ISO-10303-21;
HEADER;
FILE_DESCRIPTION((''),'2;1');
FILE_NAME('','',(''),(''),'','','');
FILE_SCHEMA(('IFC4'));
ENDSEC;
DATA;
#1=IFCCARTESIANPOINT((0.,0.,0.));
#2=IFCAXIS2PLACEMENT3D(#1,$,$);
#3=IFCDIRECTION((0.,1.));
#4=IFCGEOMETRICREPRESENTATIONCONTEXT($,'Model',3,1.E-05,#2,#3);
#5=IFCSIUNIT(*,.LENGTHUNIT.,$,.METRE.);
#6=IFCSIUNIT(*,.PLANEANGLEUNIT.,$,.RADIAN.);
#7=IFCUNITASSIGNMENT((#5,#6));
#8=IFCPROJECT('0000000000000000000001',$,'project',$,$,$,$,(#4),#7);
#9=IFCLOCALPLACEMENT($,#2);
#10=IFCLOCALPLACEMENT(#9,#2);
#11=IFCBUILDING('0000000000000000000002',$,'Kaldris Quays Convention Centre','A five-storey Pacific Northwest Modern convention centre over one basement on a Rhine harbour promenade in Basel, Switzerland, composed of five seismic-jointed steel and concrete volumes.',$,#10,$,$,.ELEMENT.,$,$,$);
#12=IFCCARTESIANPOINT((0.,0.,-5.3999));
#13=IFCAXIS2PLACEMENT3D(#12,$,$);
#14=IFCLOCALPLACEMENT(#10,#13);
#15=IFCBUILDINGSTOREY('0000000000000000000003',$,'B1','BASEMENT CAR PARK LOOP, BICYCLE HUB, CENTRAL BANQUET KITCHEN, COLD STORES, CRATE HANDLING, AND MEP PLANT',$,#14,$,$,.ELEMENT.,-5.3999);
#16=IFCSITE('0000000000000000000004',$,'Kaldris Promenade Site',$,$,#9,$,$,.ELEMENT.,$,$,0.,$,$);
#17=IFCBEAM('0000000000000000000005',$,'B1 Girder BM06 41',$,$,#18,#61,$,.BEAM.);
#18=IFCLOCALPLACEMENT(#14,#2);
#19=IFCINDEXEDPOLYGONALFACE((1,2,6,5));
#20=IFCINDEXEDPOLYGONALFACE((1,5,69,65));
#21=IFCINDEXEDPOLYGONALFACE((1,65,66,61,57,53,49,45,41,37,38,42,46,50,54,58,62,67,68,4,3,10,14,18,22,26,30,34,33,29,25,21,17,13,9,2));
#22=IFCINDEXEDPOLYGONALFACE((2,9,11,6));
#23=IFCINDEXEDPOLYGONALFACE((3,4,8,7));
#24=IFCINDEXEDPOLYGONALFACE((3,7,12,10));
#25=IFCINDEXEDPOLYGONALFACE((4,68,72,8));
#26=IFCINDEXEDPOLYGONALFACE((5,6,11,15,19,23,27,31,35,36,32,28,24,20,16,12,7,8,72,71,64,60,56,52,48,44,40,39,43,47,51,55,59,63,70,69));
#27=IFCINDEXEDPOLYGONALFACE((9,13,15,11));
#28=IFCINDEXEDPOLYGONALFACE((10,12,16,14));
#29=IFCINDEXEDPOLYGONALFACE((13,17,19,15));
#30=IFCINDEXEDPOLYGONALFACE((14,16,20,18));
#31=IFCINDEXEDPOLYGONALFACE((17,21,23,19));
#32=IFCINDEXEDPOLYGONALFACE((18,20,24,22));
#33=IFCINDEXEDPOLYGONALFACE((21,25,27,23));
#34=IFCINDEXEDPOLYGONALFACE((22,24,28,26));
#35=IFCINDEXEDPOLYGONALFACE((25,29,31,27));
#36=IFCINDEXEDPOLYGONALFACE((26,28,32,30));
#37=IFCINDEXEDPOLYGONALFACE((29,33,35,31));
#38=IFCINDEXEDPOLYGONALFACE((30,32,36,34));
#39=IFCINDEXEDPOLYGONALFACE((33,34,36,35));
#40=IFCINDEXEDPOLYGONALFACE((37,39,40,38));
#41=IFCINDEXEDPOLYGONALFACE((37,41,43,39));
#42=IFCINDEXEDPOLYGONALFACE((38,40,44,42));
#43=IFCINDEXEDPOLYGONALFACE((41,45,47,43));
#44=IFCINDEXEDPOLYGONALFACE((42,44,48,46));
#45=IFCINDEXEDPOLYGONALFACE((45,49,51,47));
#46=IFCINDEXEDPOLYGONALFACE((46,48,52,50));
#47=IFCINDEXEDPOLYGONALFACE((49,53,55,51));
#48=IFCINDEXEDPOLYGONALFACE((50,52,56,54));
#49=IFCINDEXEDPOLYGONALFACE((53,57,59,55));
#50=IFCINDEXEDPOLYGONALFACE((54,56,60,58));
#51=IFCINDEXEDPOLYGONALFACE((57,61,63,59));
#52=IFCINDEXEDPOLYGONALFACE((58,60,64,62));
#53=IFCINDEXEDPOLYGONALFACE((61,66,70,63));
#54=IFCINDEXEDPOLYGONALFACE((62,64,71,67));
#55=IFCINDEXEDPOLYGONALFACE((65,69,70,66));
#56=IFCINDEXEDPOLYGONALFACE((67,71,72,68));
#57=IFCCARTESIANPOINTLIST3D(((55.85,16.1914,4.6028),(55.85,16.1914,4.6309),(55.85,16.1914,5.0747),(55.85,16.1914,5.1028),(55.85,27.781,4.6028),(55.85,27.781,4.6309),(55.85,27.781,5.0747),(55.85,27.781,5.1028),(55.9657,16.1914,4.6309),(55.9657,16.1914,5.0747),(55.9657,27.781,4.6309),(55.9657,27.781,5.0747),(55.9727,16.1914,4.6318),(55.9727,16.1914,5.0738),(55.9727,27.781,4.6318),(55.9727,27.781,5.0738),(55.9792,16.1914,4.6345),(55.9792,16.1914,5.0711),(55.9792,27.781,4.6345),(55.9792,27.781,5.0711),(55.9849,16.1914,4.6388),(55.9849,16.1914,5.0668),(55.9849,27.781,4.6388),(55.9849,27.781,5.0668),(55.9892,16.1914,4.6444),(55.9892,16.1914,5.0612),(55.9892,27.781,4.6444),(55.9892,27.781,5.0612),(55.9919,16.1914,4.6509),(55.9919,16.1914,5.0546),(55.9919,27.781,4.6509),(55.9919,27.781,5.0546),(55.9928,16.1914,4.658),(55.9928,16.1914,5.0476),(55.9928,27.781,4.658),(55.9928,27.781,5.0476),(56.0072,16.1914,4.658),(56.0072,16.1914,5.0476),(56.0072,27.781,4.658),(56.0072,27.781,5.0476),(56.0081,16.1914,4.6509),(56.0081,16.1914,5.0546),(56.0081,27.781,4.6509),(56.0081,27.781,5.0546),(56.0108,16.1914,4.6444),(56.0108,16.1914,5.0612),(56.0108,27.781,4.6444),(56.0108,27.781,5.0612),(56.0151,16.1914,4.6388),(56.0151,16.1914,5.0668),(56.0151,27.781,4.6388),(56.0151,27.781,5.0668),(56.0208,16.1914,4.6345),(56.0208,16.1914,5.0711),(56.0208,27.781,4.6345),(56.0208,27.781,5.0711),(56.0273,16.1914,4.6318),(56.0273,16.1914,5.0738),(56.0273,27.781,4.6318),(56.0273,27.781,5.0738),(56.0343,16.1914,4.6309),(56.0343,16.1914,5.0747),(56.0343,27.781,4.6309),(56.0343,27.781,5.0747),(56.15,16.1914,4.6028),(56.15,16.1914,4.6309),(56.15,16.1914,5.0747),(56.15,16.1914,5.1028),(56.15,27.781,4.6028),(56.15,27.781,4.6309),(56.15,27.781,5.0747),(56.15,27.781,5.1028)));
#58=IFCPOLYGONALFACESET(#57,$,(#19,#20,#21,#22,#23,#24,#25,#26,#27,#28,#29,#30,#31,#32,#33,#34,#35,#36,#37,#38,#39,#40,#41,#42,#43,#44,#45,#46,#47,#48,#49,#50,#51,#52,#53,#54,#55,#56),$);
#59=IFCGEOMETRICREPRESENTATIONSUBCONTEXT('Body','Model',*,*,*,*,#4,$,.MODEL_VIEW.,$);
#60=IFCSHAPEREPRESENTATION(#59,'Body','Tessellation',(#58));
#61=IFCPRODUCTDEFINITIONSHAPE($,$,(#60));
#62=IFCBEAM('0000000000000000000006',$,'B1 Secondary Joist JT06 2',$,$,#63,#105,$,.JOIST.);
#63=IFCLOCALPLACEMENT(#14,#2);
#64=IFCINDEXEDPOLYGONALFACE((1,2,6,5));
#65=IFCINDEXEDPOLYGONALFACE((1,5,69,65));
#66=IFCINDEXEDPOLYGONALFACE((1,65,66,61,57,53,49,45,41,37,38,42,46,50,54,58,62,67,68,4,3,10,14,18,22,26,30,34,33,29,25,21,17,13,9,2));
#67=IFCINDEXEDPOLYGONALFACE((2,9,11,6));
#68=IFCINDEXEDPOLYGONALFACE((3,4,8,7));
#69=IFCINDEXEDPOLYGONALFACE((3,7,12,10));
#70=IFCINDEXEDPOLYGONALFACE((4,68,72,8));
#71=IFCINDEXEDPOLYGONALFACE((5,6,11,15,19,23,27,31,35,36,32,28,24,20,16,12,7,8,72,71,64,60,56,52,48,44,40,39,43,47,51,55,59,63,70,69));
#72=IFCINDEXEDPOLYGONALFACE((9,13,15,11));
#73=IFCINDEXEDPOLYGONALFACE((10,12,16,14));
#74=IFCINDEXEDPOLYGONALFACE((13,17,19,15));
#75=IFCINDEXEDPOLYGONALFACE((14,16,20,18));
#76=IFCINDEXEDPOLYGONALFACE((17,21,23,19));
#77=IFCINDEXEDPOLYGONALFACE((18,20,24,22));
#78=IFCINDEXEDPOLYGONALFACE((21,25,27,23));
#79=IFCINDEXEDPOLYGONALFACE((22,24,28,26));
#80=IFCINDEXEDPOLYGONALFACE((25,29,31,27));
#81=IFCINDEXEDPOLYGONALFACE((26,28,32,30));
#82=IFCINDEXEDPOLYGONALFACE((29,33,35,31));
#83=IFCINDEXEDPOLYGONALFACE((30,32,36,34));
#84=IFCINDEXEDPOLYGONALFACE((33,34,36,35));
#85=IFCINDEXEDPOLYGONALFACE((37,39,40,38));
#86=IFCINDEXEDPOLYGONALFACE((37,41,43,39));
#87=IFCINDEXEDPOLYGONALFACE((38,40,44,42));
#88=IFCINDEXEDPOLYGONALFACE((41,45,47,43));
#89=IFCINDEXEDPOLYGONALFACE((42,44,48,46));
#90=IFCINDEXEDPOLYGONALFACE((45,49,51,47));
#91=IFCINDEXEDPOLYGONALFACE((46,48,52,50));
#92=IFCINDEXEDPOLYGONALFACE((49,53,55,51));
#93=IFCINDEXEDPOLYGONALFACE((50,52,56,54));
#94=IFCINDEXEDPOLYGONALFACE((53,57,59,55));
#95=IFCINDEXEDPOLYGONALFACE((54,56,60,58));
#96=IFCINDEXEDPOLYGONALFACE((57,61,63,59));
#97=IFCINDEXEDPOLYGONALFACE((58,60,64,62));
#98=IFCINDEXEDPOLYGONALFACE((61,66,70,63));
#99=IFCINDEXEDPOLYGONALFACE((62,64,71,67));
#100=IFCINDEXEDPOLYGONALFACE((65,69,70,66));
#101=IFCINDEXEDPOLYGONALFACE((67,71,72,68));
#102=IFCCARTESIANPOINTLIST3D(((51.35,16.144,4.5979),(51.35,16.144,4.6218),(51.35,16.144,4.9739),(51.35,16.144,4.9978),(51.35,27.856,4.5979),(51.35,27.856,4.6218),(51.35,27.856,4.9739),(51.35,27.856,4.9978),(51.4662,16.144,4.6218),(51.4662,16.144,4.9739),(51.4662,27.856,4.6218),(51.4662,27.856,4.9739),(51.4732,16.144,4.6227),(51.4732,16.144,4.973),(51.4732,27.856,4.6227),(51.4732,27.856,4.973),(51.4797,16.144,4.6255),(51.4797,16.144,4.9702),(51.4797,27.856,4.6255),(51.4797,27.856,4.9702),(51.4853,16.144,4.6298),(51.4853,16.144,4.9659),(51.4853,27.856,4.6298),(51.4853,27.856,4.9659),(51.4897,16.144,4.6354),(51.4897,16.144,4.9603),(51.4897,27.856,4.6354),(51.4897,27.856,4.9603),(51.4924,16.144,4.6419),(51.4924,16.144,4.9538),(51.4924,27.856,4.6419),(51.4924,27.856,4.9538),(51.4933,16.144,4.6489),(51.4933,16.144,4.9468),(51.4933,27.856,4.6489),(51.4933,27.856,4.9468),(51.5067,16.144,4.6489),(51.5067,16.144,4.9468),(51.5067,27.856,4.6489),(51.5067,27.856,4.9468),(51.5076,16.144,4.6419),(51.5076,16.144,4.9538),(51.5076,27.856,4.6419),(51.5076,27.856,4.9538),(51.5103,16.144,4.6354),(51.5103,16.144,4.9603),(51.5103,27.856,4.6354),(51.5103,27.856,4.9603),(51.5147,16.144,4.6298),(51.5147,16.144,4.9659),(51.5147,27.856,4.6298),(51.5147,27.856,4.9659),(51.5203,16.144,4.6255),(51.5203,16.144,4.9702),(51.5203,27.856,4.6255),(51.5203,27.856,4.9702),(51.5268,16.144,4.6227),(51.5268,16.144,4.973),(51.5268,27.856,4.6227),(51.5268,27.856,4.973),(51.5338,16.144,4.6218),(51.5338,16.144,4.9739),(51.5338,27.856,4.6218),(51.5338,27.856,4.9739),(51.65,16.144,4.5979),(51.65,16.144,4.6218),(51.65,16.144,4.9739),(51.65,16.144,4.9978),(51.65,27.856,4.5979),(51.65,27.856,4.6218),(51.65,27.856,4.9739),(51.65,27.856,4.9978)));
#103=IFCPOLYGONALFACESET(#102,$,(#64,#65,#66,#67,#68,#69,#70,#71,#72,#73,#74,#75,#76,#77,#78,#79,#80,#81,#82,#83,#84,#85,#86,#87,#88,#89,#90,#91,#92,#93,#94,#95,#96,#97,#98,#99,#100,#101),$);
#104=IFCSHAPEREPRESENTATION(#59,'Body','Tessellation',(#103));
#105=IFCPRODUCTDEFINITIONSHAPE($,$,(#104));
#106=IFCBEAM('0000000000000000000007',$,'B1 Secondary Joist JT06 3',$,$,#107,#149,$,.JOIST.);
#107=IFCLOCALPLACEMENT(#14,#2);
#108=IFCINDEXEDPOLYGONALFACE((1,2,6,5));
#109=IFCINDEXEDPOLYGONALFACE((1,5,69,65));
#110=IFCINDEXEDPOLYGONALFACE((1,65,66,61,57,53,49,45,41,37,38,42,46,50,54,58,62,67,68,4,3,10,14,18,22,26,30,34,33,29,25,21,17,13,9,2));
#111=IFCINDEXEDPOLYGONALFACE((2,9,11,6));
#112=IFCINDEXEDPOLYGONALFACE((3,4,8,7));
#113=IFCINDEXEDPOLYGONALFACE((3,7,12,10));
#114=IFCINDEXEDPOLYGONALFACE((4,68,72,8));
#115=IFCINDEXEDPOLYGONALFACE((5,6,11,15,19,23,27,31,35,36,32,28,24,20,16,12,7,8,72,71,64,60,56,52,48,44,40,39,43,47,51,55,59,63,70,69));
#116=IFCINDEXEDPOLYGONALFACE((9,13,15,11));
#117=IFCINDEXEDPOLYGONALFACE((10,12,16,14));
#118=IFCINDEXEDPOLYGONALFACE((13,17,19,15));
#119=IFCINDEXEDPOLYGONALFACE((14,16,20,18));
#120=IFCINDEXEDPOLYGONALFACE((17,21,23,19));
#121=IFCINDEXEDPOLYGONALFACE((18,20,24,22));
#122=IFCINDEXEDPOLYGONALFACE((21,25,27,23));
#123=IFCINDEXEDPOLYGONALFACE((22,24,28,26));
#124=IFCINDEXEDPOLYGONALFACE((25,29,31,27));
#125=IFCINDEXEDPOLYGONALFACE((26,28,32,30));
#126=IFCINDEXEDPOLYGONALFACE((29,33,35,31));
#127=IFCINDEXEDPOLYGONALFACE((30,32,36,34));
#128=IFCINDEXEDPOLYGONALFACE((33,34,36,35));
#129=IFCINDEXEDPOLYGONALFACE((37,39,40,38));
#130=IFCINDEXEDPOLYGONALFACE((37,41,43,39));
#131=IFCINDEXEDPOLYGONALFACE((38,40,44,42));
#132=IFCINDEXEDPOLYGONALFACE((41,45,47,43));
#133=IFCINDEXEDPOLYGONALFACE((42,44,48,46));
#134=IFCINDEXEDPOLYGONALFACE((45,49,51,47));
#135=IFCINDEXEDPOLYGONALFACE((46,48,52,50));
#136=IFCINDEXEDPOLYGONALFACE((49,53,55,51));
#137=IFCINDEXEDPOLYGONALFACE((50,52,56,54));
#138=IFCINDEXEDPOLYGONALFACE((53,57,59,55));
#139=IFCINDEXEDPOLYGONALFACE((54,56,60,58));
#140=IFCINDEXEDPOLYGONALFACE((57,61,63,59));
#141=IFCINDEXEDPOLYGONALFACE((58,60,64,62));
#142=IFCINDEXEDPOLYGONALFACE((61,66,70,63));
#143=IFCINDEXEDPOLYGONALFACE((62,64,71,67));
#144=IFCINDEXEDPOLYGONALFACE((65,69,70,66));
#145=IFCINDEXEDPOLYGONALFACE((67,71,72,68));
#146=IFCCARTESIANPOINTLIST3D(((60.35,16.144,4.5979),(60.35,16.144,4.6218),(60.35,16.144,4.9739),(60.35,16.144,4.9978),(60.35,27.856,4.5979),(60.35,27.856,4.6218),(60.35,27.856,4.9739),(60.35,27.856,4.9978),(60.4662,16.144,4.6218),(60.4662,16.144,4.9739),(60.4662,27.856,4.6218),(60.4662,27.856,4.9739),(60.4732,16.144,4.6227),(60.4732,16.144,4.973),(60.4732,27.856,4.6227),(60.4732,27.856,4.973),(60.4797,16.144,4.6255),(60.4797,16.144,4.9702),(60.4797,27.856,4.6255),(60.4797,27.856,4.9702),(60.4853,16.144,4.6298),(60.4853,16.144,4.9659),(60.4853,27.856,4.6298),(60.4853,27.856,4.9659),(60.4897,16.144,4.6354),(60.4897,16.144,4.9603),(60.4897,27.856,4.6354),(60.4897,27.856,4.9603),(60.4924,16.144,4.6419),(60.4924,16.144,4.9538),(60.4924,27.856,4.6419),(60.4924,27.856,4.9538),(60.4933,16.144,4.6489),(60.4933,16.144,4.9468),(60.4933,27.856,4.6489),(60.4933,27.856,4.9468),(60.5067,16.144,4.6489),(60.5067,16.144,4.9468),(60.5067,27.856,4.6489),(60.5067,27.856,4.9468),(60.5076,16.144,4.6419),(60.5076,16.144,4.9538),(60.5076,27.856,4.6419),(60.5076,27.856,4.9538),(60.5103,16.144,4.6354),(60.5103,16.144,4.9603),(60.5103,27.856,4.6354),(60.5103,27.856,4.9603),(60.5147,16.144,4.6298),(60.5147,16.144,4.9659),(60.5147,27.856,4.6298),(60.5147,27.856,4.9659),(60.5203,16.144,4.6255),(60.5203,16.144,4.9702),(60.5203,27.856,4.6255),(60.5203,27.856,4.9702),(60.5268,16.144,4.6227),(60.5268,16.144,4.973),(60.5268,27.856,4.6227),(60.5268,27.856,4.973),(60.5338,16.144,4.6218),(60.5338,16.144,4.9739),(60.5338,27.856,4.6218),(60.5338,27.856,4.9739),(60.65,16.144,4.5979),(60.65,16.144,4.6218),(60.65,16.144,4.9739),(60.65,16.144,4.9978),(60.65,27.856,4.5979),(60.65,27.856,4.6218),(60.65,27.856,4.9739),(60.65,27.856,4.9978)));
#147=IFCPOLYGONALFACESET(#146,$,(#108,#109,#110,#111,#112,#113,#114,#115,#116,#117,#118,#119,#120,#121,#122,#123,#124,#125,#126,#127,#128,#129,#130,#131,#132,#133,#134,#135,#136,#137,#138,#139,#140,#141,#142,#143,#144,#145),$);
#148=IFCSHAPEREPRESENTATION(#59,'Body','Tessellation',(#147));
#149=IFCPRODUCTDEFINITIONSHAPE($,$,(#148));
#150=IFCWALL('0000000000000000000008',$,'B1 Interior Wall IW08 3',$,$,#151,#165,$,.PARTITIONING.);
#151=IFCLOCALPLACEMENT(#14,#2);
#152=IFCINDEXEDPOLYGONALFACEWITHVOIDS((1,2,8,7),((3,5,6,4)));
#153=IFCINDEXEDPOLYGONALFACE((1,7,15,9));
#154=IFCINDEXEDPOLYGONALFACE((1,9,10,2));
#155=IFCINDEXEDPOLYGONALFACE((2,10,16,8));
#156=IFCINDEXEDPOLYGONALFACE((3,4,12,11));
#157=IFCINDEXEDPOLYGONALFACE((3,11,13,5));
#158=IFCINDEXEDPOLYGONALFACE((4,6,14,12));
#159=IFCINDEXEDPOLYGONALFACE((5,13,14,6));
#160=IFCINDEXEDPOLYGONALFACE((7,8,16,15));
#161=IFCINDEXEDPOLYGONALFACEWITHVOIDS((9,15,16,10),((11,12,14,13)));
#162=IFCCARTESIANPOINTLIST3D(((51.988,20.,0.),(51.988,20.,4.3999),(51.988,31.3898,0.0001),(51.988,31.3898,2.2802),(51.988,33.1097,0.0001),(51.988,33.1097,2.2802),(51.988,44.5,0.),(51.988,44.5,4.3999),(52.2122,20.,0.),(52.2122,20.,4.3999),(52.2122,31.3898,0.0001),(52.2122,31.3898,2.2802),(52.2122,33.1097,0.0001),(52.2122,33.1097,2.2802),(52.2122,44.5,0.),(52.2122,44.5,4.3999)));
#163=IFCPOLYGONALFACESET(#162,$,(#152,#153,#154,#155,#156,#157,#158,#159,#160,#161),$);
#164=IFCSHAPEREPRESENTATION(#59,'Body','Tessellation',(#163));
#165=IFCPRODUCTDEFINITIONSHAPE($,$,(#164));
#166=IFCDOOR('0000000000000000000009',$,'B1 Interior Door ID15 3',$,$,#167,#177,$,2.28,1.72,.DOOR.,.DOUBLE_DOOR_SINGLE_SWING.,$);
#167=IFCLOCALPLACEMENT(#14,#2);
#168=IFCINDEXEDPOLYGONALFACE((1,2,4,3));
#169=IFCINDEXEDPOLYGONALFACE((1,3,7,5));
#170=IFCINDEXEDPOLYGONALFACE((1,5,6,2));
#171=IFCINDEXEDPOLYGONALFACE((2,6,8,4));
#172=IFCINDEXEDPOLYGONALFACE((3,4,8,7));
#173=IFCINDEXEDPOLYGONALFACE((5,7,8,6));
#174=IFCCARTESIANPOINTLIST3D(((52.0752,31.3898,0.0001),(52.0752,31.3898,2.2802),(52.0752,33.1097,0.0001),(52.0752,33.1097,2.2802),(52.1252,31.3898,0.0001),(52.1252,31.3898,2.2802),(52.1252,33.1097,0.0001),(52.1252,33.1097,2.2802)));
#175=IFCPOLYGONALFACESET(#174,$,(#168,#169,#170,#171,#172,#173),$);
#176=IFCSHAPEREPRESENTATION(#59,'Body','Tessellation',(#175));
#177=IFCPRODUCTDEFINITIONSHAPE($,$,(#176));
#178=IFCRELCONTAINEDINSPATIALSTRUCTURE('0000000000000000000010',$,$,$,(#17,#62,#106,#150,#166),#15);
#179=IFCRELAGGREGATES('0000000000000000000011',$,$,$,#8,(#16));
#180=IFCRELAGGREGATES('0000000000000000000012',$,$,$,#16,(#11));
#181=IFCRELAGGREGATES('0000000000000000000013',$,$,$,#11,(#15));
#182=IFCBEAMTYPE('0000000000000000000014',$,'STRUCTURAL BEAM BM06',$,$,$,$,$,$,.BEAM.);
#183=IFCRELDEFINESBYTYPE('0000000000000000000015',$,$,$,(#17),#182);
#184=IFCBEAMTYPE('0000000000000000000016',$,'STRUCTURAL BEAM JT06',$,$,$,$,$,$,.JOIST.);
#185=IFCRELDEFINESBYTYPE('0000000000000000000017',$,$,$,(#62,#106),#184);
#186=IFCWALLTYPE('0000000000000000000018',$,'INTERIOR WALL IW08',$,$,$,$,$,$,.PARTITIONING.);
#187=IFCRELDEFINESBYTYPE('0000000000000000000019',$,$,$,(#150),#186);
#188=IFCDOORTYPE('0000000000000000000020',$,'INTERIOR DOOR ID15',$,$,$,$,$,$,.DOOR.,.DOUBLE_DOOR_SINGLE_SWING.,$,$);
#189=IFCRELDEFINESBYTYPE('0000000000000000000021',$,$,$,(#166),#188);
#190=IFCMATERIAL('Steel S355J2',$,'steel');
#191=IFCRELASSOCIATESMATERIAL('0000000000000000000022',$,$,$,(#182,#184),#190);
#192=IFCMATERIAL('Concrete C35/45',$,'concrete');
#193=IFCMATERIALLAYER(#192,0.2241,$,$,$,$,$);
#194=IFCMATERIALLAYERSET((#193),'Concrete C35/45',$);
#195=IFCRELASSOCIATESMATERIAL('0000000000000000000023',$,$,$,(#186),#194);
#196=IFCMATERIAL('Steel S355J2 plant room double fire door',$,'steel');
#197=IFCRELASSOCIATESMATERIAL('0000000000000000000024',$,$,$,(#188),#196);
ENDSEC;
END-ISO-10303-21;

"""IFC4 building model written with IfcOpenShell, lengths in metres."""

from ifc_helpers import new_model, si_unit, direction, frame, frame_2d, origin, origin_2d, place, context, subcontext, project, spatial, rectangle, i_section, extrude, material, layer, layer_set, material_profile, profile_set, type_object, element, fill, save


model = new_model("IFC4")

# Units and contexts
model_context = context("Model", 3, precision=1e-05, world=origin(), true_north=direction((0.0, 1.0)))
body_context = subcontext(model_context, "Body", "Model", "MODEL_VIEW")
ifc_project = project(units=[si_unit("LENGTHUNIT", "METRE"), si_unit("PLANEANGLEUNIT", "RADIAN")], contexts=[model_context])

# Site, building, storey
site_placement = place(None, origin())
site = spatial("IfcSite", under=ifc_project, at=site_placement, Name="Kaldris Promenade Site", CompositionType="ELEMENT", RefElevation=0.0)
building_placement = place(site_placement, origin())
building = spatial("IfcBuilding", under=site, at=building_placement, Name="Kaldris Quays Convention Centre", Description="A five-storey Pacific Northwest Modern convention centre over one basement on a Rhine harbour promenade in Basel, Switzerland, composed of five seismic-jointed steel and concrete volumes.", CompositionType="ELEMENT")
storey_placement = place(building_placement, frame((0.0, 0.0, -5.3999)))
storey = spatial("IfcBuildingStorey", under=building, at=storey_placement, Name="B1", Description="BASEMENT CAR PARK LOOP, BICYCLE HUB, CENTRAL BANQUET KITCHEN, COLD STORES, CRATE HANDLING, AND MEP PLANT", CompositionType="ELEMENT", Elevation=-5.3999)

# Shared definitions
ifc_material_1 = material(Name="Concrete C35/45", Category="concrete")

# Beams
ifc_material_2 = material(Name="Steel S355J2", Category="steel")
ifc_material_profile_1 = material_profile(ifc_material_2, i_section(OverallWidth=0.3, OverallDepth=0.5, WebThickness=0.0144, FlangeThickness=0.0281, FilletRadius=0.0271, at=origin_2d()), Name="HEB 500")
ifc_profile_set_1 = profile_set([ifc_material_profile_1], Name="Steel S355J2")
beam_type_1 = type_object("IfcBeamType", Name="STRUCTURAL BEAM BM06", PredefinedType="BEAM", material=ifc_profile_set_1)
beam_placement = place(storey_placement, frame((56.0, 16.1914, 4.8528), z_axis=(0.0, 1.0, 0.0), x_axis=(-1.0, 0.0, 0.0)))
element("IfcBeam", 1, at=beam_placement, inside=storey, type_object=beam_type_1, Name="B1 Girder BM06 41", PredefinedType="BEAM", context=body_context, shape_type="SweptSolid", body=[
    extrude(i_section(OverallWidth=0.3, OverallDepth=0.5, WebThickness=0.0144, FlangeThickness=0.0281, FilletRadius=0.0271, at=origin_2d()), origin(), (0.0, 0.0, 1.0), 11.5896),
])
ifc_material_profile_2 = material_profile(ifc_material_2, i_section(OverallWidth=0.3, OverallDepth=0.3999, WebThickness=0.0134, FlangeThickness=0.0239, FilletRadius=0.0271, at=origin_2d()), Name="HEB 400")
ifc_profile_set_2 = profile_set([ifc_material_profile_2], Name="Steel S355J2")
beam_type_2 = type_object("IfcBeamType", Name="STRUCTURAL BEAM JT06", PredefinedType="JOIST", material=ifc_profile_set_2)
for number, where, z_axis, x_axis, name in (
    (2, (51.5, 16.144, 4.7979), (0.0, 1.0, 0.0), (-1.0, 0.0, 0.0), "B1 Secondary Joist JT06 2"),
    (3, (60.5, 16.144, 4.7979), (0.0, 1.0, 0.0), (-1.0, 0.0, 0.0), "B1 Secondary Joist JT06 3"),
):
    element("IfcBeam", number, at=place(storey_placement, frame(where, z_axis=z_axis, x_axis=x_axis)), inside=storey, type_object=beam_type_2, Name=name, PredefinedType="JOIST", context=body_context, shape_type="SweptSolid", body=[
        extrude(i_section(OverallWidth=0.3, OverallDepth=0.3999, WebThickness=0.0134, FlangeThickness=0.0239, FilletRadius=0.0271, at=origin_2d()), origin(), (0.0, 0.0, 1.0), 11.7119),
    ])

# Wall, opening, door
ifc_layer = layer(ifc_material_1, 0.2241)
ifc_layer_set = layer_set([ifc_layer], Name="Concrete C35/45")
wall_type = type_object("IfcWallType", Name="INTERIOR WALL IW08", PredefinedType="PARTITIONING", material=ifc_layer_set)
wall_placement = place(storey_placement, frame((52.1001, 20.0, 0.0), z_axis=(0.0, 0.0, 1.0), x_axis=(0.0, 1.0, 0.0)))
wall = element("IfcWall", 4, at=wall_placement, inside=storey, type_object=wall_type, Name="B1 Interior Wall IW08 3", PredefinedType="PARTITIONING", context=body_context, shape_type="SweptSolid", body=[
    extrude(rectangle(XDim=24.5, YDim=0.2241, at=frame_2d((12.25, 0.0))), origin(), (0.0, 0.0, 1.0), 4.3999),
])
opening_placement = place(wall_placement, frame((11.3899, 0.0, 0.0)))
opening = element("IfcOpeningElement", 5, at=opening_placement, cuts=wall, PredefinedType="OPENING", context=body_context, shape_type="SweptSolid", body=[
    extrude(rectangle(XDim=1.72, YDim=2.28, at=frame_2d((0.8599, 1.1401))), frame((0.0, 0.1221, 0.0), z_axis=(0.0, -1.0, 0.0), x_axis=(1.0, 0.0, 0.0)), (0.0, 0.0, 1.0), 0.2441),
])
ifc_material_3 = material(Name="Steel S355J2 plant room double fire door", Category="steel")
door_type = type_object("IfcDoorType", Name="INTERIOR DOOR ID15", OperationType="DOUBLE_DOOR_SINGLE_SWING", PredefinedType="DOOR", material=ifc_material_3)
door_placement = place(opening_placement, origin())
door = element("IfcDoor", 6, at=door_placement, inside=storey, type_object=door_type, Name="B1 Interior Door ID15 3", OperationType="DOUBLE_DOOR_SINGLE_SWING", OverallHeight=2.28, OverallWidth=1.72, PredefinedType="DOOR", context=body_context, shape_type="SweptSolid", body=[
    extrude(rectangle(XDim=1.72, YDim=2.28, at=frame_2d((0.8599, 1.1401))), frame((0.0, 0.0249, 0.0), z_axis=(0.0, -1.0, 0.0), x_axis=(1.0, 0.0, 0.0)), (0.0, 0.0, 1.0), 0.05),
])
fill(opening, door)

save(model, "model.ifc")
